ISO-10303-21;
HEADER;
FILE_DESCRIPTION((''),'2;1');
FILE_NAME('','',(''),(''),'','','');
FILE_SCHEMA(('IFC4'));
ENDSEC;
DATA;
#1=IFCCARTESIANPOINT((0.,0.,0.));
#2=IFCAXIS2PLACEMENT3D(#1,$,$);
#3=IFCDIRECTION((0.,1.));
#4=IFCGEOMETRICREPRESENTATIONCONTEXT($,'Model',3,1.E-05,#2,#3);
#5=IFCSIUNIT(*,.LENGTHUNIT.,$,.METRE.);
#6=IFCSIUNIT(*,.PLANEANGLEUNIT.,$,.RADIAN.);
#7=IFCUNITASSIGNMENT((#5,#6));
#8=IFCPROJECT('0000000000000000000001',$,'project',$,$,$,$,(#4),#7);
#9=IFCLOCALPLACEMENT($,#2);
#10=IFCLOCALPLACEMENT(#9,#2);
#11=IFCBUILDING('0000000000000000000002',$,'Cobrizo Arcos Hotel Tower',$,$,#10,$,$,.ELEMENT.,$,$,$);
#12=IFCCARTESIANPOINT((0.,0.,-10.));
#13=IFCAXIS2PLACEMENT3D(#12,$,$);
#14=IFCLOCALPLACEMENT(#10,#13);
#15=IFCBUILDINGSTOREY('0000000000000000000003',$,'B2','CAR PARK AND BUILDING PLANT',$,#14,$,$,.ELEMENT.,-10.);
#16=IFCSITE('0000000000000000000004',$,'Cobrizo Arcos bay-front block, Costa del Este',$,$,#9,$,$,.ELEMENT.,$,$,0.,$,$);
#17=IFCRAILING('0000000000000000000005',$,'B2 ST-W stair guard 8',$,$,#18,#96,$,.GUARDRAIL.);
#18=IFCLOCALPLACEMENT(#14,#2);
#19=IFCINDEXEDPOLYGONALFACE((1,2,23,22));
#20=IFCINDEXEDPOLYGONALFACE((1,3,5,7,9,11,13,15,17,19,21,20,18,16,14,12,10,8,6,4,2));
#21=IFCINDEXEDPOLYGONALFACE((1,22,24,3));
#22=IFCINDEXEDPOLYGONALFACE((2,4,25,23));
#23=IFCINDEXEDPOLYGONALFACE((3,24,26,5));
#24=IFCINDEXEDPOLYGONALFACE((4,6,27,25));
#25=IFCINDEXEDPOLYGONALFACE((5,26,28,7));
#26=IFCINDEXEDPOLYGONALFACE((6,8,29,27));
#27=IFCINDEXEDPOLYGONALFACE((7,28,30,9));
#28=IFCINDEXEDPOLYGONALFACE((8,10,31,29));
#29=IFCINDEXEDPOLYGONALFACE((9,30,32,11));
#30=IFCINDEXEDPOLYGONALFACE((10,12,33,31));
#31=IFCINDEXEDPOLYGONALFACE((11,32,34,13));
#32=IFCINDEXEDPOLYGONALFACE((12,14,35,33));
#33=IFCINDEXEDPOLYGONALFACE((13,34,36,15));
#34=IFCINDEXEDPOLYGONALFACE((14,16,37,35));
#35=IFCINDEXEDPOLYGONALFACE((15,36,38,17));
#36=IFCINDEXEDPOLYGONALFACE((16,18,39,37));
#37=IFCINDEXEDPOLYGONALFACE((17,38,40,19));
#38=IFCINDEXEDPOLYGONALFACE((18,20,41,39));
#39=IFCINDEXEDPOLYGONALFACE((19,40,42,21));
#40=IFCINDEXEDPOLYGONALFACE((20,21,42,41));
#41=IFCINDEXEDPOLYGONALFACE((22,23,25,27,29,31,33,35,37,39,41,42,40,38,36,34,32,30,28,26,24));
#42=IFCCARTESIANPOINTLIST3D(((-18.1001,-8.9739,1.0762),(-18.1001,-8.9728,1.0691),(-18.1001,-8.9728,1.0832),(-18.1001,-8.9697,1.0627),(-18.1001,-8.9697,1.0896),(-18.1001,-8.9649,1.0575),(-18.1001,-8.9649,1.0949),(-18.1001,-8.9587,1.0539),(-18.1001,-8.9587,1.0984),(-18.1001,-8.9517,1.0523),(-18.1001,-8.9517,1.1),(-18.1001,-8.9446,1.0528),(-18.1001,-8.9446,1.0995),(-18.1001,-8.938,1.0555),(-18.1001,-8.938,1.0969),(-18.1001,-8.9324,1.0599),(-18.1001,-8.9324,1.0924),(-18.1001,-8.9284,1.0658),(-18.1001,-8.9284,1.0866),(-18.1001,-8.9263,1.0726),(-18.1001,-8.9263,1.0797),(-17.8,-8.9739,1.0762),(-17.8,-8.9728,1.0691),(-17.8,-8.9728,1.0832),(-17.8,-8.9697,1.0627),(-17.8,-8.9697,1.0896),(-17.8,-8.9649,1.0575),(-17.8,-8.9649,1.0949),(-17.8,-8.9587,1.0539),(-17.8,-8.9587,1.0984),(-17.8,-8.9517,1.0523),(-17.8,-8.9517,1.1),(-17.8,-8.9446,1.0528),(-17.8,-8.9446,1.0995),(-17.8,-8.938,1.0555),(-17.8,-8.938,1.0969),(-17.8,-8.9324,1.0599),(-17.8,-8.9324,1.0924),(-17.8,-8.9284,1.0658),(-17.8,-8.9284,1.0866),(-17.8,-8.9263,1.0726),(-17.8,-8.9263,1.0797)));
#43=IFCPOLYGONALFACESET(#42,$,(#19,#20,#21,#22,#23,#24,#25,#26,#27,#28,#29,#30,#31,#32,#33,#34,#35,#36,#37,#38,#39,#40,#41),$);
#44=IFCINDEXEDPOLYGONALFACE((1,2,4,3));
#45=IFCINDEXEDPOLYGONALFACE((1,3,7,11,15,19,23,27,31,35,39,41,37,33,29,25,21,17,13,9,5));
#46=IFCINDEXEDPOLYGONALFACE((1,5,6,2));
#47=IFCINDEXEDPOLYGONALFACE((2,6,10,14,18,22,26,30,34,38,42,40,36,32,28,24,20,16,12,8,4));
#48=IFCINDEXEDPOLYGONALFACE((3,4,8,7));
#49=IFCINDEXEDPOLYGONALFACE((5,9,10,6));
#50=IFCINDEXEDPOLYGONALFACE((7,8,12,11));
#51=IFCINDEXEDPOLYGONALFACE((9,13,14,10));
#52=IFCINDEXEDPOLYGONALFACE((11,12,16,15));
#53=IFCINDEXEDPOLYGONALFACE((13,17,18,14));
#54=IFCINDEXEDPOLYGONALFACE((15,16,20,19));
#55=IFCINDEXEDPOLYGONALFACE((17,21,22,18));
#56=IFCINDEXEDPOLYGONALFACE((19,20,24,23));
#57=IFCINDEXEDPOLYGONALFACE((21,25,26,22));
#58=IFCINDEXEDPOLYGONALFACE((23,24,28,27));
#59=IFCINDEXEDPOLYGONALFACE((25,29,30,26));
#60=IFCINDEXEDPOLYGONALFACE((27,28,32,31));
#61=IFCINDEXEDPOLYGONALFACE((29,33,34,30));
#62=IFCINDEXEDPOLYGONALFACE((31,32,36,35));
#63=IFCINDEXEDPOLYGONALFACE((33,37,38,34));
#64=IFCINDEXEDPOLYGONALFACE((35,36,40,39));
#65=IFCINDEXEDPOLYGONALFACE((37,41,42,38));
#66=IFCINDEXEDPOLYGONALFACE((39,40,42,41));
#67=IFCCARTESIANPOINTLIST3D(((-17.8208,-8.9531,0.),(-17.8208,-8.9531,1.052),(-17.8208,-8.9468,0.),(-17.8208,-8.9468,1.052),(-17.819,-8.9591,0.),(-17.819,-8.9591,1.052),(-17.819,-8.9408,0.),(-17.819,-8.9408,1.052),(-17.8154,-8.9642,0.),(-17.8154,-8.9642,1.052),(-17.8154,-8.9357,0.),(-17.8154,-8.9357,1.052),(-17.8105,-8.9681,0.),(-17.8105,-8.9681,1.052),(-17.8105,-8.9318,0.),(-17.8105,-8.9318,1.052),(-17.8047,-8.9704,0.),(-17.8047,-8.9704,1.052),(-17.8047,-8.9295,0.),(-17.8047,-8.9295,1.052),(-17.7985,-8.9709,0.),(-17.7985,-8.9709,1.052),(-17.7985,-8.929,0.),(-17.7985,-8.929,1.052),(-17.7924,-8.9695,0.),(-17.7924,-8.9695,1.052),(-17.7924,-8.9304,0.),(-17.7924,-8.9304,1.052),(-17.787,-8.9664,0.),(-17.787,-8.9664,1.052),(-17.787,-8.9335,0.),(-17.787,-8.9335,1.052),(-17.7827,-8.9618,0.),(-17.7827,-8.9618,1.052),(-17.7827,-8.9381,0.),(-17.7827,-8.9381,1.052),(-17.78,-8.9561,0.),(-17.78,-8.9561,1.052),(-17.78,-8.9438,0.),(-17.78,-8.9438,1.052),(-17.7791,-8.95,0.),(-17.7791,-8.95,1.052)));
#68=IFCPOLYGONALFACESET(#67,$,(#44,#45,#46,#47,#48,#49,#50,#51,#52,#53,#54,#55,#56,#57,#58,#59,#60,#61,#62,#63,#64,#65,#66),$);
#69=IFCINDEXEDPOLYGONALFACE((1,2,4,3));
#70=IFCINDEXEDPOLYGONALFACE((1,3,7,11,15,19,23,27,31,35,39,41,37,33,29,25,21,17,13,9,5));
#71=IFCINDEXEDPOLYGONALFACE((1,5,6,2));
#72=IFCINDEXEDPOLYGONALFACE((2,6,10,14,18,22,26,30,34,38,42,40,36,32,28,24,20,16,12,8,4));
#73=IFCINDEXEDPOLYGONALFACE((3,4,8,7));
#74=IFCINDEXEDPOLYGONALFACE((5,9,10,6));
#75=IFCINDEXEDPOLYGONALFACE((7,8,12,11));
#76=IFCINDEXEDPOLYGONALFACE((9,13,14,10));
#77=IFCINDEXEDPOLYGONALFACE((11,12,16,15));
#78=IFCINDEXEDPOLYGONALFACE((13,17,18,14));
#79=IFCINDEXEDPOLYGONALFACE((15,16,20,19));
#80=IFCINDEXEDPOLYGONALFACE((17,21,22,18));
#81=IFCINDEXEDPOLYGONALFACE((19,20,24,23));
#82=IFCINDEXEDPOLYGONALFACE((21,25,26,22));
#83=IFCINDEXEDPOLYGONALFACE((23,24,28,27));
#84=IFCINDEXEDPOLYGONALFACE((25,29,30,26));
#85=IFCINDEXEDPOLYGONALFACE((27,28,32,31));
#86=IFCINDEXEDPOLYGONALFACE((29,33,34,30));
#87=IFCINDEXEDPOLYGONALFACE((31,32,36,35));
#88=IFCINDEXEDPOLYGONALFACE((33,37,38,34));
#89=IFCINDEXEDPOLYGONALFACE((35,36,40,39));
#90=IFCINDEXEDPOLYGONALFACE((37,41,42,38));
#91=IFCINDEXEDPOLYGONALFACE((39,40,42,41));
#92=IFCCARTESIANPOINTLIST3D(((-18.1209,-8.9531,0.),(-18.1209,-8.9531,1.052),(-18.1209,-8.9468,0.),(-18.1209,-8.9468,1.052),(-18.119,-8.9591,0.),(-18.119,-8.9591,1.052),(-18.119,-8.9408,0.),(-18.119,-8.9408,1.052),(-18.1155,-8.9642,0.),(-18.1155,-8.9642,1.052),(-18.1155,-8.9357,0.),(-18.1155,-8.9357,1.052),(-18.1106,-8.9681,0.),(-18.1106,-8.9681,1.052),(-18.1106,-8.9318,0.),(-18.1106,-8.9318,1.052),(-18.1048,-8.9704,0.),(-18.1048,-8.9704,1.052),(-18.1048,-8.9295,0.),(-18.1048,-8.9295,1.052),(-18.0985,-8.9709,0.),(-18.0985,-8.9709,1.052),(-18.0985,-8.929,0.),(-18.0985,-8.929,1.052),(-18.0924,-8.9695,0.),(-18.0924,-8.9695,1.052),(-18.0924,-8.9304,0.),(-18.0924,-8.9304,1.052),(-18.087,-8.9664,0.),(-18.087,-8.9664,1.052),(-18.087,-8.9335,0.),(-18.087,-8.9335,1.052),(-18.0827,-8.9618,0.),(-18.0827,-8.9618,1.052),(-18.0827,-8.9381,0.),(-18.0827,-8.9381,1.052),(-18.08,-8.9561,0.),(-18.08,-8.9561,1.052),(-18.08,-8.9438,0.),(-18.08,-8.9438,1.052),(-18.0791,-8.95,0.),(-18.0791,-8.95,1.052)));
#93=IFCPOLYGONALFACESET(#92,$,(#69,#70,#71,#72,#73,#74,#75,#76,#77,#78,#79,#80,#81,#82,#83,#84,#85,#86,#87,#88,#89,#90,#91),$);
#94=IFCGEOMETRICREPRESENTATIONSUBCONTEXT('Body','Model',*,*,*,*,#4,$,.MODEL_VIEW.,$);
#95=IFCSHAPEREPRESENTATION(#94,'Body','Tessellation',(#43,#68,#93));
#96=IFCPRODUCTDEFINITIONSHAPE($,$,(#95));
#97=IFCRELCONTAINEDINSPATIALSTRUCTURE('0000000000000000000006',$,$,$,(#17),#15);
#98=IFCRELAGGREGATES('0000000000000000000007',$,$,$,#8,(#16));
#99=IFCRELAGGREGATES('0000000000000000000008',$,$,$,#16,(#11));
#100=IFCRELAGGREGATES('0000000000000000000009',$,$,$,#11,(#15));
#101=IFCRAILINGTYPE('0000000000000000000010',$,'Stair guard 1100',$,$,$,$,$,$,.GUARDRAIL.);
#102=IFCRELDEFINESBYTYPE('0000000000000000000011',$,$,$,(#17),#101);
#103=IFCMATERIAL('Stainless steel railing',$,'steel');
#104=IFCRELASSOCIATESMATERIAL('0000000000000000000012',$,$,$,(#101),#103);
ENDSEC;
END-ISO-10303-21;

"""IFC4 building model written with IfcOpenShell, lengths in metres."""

from ifc_helpers import new_model, si_unit, direction, frame, origin, origin_2d, place, context, subcontext, project, spatial, circle, extrude, material, type_object, element, save


model = new_model("IFC4")

# Units and contexts
model_context = context("Model", 3, precision=1e-05, world=origin(), true_north=direction((0.0, 1.0)))
body_context = subcontext(model_context, "Body", "Model", "MODEL_VIEW")
ifc_project = project(units=[si_unit("LENGTHUNIT", "METRE"), si_unit("PLANEANGLEUNIT", "RADIAN")], contexts=[model_context])

# Site, building, storey
site_placement = place(None, origin())
site = spatial("IfcSite", under=ifc_project, at=site_placement, Name="Cobrizo Arcos bay-front block, Costa del Este", CompositionType="ELEMENT", RefElevation=0.0)
building_placement = place(site_placement, origin())
building = spatial("IfcBuilding", under=site, at=building_placement, Name="Cobrizo Arcos Hotel Tower", CompositionType="ELEMENT")
storey_placement = place(building_placement, frame((0.0, 0.0, -10.0)))
storey = spatial("IfcBuildingStorey", under=building, at=storey_placement, Name="B2", Description="CAR PARK AND BUILDING PLANT", CompositionType="ELEMENT", Elevation=-10.0)

# Railing
ifc_material_1 = material(Name="Stainless steel railing", Category="steel")
railing_type_1 = type_object("IfcRailingType", Name="Stair guard 1100", PredefinedType="GUARDRAIL", material=ifc_material_1)
railing_1_placement = place(storey_placement, frame((-17.8, -8.95, 0.0)))
element("IfcRailing", 1, at=railing_1_placement, inside=storey, type_object=railing_type_1, Name="B2 ST-W stair guard 8", PredefinedType="GUARDRAIL", context=body_context, shape_type="SweptSolid", body=[
    extrude(circle(Radius=0.0239, at=origin_2d()), frame((0.0, 0.0, 1.0762), z_axis=(-1.0, 0.0, 0.0), x_axis=(0.0, -1.0, 0.0)), (0.0, 0.0, 1.0), 0.3),
    extrude(circle(Radius=0.021, at=origin_2d()), origin(), (0.0, 0.0, 1.0), 1.052),
    extrude(circle(Radius=0.021, at=origin_2d()), frame((-0.3, 0.0, 0.0)), (0.0, 0.0, 1.0), 1.052),
])

save(model, "model.ifc")
